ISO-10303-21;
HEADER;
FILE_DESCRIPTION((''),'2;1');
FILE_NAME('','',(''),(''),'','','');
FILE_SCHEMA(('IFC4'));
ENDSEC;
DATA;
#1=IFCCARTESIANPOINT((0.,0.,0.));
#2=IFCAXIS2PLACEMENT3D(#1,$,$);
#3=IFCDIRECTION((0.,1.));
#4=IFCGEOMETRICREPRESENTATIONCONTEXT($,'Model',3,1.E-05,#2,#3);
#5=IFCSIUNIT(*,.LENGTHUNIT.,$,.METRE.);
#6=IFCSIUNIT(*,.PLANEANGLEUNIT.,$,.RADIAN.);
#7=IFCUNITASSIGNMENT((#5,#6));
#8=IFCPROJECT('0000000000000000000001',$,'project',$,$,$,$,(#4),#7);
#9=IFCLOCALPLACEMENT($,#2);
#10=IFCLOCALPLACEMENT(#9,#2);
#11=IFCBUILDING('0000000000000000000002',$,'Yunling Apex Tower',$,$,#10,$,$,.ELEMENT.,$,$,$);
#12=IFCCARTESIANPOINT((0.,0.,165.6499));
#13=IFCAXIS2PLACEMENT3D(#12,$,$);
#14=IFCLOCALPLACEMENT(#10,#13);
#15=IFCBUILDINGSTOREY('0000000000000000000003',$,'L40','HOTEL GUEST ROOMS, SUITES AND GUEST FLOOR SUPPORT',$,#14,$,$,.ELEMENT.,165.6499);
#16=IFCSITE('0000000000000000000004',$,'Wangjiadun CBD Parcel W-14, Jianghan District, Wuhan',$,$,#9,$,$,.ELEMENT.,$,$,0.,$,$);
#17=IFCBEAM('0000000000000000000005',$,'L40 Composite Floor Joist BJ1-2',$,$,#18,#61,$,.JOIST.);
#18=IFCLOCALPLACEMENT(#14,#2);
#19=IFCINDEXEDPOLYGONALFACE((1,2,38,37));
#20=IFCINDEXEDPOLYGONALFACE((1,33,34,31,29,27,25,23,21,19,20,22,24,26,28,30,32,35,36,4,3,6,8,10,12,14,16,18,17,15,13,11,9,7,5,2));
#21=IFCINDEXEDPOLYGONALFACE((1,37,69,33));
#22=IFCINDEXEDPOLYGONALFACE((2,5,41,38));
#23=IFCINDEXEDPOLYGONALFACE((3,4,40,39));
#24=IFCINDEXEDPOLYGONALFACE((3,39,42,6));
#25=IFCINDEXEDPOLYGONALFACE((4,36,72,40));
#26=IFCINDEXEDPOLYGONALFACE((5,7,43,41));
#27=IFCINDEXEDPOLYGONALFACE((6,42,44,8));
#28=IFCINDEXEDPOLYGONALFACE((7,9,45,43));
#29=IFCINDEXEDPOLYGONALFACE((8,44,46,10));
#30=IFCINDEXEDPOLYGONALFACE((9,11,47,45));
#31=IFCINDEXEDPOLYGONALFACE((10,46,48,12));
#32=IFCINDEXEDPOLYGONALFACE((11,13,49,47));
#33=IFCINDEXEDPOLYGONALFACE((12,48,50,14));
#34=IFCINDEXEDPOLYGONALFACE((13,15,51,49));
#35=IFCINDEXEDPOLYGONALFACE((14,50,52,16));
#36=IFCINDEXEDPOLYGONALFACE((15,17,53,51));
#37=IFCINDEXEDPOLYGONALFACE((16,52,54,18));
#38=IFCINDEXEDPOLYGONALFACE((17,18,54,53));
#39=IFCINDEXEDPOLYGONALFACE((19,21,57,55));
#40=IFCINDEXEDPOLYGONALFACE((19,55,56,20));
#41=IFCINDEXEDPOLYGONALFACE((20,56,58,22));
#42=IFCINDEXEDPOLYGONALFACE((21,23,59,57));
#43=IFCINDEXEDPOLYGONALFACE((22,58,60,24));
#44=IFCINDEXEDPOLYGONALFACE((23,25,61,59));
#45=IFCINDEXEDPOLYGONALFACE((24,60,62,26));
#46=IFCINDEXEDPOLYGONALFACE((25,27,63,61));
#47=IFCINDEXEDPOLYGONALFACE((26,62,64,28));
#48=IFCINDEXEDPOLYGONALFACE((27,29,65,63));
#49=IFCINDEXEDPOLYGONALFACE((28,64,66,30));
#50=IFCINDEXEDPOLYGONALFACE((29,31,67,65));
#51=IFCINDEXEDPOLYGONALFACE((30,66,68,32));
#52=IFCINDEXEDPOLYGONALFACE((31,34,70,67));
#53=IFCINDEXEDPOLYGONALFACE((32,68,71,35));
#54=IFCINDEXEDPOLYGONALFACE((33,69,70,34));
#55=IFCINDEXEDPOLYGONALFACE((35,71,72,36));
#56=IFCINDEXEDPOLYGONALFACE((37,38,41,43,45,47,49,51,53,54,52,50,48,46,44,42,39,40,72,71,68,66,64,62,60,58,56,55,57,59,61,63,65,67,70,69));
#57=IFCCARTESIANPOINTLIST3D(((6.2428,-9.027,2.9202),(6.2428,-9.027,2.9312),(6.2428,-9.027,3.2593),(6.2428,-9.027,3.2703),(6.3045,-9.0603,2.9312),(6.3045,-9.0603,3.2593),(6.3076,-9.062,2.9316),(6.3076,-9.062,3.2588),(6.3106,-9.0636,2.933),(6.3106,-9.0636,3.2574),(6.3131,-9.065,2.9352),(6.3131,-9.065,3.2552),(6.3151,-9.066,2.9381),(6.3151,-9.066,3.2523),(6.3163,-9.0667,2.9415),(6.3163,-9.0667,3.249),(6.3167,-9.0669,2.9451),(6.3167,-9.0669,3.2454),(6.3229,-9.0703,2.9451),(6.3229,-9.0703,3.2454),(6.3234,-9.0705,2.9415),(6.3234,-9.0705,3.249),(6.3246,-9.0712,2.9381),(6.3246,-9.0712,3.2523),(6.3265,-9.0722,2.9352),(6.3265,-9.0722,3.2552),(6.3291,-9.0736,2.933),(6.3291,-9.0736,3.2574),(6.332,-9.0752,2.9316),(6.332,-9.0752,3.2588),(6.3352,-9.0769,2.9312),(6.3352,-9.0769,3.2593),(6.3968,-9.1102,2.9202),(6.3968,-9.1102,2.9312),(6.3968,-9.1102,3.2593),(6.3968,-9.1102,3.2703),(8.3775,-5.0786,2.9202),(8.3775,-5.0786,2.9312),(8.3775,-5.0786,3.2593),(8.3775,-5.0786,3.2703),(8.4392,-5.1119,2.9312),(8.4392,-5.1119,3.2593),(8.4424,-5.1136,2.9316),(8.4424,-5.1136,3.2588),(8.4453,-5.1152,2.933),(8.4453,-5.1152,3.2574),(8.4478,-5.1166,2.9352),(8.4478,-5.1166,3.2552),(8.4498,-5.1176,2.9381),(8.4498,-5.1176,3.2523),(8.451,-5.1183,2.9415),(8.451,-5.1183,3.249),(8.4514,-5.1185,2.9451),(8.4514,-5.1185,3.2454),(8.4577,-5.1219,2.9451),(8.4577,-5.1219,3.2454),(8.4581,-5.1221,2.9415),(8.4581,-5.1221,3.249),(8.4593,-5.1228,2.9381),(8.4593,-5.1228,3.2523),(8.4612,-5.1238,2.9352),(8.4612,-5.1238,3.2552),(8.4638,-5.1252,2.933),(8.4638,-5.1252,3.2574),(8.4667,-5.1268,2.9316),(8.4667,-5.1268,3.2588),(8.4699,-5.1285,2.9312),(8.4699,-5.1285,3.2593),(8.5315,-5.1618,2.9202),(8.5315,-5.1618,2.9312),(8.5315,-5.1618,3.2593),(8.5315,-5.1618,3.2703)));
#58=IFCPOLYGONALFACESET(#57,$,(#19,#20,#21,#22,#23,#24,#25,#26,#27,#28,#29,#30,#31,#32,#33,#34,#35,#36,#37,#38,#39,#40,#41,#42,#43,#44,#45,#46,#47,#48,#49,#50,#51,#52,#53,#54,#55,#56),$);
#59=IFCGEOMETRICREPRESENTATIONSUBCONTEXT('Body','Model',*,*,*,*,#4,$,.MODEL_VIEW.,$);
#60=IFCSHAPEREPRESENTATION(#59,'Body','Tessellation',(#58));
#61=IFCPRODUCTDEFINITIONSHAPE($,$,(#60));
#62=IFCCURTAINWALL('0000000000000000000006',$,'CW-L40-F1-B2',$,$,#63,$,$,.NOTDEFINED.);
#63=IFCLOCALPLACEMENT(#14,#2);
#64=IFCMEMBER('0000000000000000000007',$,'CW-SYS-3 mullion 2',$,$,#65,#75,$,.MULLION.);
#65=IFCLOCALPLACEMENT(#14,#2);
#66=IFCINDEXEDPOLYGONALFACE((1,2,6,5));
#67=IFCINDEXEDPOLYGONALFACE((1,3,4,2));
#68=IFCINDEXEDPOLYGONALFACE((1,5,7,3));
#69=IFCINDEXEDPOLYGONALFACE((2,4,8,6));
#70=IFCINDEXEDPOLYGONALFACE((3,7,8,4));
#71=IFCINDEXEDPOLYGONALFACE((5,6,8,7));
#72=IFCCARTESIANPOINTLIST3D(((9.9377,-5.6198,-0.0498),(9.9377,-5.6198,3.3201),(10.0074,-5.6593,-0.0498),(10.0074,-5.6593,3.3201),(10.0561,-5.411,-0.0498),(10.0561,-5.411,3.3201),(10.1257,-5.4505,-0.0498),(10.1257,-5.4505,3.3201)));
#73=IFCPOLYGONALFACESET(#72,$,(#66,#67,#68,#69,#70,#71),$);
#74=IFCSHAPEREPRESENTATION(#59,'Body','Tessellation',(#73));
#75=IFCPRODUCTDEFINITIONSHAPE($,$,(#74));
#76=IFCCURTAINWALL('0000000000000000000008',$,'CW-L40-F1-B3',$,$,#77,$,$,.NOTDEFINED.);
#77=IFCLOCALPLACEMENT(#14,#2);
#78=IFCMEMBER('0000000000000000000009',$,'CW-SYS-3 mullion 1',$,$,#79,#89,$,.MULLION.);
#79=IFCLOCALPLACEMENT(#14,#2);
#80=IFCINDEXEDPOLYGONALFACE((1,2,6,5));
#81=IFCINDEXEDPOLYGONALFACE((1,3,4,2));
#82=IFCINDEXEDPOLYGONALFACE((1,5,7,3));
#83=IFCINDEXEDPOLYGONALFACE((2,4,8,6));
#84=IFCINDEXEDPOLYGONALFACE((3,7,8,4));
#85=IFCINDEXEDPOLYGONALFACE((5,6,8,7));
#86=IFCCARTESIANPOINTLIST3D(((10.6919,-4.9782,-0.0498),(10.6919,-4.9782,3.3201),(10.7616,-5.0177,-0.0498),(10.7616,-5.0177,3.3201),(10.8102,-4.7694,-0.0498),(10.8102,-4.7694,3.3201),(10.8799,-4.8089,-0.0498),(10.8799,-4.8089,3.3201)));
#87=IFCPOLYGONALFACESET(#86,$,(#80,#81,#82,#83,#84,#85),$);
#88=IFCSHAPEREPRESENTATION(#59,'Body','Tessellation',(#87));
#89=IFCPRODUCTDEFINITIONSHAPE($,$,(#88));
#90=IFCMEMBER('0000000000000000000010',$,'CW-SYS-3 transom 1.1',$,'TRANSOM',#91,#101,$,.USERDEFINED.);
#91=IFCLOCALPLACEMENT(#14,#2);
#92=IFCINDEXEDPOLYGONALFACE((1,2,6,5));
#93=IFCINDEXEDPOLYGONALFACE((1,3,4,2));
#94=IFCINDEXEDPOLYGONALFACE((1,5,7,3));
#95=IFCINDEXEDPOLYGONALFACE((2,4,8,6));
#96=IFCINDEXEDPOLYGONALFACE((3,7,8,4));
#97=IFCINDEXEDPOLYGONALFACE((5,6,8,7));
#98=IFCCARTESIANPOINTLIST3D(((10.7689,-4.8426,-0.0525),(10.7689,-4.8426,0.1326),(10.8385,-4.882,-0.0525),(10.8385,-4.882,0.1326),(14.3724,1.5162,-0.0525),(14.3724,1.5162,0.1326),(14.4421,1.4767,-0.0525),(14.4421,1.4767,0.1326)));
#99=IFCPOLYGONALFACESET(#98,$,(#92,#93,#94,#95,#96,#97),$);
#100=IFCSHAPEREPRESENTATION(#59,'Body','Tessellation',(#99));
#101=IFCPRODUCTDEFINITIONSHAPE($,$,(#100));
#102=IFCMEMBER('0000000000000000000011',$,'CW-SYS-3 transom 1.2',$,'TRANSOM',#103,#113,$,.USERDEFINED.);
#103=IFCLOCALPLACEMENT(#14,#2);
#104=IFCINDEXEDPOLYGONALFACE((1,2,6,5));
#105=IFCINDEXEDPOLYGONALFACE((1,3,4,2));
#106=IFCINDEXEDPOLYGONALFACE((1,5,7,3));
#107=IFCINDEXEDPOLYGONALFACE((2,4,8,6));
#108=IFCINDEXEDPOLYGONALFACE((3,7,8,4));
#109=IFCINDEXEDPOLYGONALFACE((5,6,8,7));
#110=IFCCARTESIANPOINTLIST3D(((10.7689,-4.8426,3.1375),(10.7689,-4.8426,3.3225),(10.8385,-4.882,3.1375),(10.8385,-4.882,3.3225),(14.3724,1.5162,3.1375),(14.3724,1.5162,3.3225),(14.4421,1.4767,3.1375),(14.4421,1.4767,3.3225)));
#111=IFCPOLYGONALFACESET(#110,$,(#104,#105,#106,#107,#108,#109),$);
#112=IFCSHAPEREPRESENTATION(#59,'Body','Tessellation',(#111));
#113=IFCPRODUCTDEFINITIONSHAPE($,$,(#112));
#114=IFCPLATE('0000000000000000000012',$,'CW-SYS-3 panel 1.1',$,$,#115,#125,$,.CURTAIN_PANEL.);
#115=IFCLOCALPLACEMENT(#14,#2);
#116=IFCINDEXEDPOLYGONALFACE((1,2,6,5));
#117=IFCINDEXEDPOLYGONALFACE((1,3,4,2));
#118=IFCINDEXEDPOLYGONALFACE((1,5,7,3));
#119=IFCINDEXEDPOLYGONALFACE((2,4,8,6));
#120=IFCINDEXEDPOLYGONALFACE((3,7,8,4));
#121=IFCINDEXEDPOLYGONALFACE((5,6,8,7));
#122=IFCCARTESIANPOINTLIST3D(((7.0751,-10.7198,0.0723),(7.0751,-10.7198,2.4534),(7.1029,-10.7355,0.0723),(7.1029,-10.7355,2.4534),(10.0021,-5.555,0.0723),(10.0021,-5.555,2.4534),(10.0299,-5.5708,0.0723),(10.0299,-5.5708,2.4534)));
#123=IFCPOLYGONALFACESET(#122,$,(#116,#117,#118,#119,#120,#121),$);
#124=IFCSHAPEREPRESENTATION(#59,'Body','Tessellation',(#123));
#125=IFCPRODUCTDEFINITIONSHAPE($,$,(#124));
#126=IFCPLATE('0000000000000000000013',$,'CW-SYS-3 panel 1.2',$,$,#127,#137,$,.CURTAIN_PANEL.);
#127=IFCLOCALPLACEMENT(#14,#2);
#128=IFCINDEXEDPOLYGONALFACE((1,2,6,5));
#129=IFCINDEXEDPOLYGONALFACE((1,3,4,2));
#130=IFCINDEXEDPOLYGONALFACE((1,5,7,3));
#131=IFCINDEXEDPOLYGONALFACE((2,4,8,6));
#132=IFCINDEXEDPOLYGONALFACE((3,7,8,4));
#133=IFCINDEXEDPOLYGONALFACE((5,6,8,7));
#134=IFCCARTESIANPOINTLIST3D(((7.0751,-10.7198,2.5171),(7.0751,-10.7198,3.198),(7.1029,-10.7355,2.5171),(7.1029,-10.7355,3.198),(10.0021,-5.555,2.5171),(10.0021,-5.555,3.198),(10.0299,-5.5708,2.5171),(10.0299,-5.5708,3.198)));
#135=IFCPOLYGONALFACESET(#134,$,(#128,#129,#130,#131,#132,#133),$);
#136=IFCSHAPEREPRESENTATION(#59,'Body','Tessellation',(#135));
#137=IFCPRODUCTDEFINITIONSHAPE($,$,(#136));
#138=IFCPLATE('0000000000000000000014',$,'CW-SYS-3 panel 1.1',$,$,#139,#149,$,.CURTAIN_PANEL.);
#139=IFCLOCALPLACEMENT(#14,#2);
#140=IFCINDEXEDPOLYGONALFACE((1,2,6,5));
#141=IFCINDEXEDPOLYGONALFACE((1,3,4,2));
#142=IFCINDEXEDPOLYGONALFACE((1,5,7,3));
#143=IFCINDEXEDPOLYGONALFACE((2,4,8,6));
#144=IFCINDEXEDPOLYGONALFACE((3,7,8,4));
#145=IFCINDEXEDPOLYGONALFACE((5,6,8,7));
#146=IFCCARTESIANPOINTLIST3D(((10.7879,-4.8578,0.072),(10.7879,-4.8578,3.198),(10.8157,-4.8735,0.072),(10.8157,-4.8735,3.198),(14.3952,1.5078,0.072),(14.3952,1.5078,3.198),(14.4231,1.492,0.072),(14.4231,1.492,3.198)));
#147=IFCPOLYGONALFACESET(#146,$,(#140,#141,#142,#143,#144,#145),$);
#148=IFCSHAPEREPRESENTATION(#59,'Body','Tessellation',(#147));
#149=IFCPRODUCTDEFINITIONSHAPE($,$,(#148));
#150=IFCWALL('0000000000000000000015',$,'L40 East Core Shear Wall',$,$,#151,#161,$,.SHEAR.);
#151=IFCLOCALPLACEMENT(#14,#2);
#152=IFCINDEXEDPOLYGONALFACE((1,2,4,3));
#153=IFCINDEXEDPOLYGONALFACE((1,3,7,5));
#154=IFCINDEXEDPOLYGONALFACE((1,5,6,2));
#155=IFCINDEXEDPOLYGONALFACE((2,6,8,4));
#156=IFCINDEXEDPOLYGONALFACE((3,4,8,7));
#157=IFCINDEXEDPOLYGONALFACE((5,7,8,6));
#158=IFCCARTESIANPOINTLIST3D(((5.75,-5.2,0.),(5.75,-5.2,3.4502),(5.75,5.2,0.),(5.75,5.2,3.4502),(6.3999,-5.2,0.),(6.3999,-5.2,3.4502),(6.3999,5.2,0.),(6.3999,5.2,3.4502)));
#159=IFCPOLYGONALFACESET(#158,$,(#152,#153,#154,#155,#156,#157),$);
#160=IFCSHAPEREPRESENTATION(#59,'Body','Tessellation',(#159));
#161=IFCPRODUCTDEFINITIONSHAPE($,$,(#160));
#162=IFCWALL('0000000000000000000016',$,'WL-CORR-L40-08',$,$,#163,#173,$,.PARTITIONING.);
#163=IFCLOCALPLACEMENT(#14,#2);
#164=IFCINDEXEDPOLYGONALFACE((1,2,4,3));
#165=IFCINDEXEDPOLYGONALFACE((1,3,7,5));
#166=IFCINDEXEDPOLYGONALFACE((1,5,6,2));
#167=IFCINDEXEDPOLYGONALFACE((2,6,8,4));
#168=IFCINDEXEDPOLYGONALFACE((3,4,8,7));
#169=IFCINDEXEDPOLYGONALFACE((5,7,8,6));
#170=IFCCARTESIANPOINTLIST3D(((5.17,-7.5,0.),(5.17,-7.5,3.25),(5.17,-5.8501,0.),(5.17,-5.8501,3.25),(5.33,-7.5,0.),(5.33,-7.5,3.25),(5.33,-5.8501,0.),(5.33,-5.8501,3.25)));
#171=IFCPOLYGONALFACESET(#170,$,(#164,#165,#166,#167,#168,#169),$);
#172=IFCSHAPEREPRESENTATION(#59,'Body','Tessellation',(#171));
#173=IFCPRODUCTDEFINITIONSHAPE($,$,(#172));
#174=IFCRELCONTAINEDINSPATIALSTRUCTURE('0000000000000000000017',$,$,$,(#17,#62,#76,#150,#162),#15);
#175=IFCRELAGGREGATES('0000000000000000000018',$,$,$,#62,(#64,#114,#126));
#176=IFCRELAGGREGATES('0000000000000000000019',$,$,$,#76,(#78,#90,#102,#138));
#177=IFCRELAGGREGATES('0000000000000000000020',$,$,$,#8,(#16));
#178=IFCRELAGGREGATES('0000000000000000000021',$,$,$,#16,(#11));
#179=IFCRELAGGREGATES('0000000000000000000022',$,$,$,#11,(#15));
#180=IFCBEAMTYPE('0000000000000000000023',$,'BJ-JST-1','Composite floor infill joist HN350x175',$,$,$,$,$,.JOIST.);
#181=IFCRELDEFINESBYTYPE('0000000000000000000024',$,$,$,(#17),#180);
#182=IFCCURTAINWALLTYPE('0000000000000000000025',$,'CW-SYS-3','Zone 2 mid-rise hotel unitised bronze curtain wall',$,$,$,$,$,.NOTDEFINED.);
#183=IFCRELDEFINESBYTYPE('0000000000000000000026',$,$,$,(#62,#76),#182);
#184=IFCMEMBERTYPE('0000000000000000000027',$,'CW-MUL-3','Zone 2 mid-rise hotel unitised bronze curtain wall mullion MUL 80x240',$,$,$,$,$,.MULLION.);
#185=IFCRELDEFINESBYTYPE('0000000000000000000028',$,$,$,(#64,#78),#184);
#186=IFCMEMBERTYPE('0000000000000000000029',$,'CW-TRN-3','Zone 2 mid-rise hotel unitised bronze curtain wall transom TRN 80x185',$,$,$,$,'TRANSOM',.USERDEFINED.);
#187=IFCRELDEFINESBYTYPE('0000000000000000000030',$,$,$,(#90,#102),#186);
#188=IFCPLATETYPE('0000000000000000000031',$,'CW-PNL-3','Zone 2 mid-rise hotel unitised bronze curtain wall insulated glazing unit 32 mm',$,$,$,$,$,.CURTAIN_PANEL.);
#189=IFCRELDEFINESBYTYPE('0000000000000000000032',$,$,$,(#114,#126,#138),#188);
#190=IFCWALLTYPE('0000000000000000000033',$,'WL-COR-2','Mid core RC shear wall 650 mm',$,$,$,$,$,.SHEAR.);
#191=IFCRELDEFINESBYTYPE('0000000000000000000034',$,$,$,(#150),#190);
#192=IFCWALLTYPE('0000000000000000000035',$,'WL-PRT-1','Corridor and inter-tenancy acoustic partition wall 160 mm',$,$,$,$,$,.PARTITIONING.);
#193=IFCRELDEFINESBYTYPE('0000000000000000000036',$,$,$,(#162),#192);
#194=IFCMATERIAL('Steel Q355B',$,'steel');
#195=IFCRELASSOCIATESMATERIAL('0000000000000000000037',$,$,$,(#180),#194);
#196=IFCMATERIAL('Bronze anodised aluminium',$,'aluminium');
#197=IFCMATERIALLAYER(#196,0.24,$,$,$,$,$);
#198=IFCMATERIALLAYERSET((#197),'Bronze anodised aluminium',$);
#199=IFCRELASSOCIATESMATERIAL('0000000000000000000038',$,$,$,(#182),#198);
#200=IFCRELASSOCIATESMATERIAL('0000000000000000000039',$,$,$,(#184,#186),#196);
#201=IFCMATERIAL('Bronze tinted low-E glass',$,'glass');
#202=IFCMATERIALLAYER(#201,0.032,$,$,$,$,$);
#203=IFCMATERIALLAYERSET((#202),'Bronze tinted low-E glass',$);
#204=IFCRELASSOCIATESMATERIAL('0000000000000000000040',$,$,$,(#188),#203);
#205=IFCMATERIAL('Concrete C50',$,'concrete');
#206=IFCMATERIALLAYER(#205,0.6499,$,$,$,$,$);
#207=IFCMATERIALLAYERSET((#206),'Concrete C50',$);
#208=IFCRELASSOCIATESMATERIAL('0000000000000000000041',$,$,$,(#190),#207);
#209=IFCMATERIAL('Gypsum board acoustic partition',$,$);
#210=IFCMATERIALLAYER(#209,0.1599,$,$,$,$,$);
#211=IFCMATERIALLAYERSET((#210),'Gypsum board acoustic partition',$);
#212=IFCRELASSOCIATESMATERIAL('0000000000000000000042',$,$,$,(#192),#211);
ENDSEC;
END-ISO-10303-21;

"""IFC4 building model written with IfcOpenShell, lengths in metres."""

from ifc_helpers import new_model, si_unit, direction, frame, frame_2d, origin, origin_2d, place, context, subcontext, project, spatial, rectangle, i_section, extrude, source, transform, mapped, material, layer, layer_set, material_profile, profile_set, type_object, element, aggregate, save


model = new_model("IFC4")

# Units and contexts
model_context = context("Model", 3, precision=1e-05, world=origin(), true_north=direction((0.0, 1.0)))
body_context = subcontext(model_context, "Body", "Model", "MODEL_VIEW")
ifc_project = project(units=[si_unit("LENGTHUNIT", "METRE"), si_unit("PLANEANGLEUNIT", "RADIAN")], contexts=[model_context])

# Site, building, storey
site_placement = place(None, origin())
site = spatial("IfcSite", under=ifc_project, at=site_placement, Name="Wangjiadun CBD Parcel W-14, Jianghan District, Wuhan", CompositionType="ELEMENT", RefElevation=0.0)
building_placement = place(site_placement, origin())
building = spatial("IfcBuilding", under=site, at=building_placement, Name="Yunling Apex Tower", CompositionType="ELEMENT")
storey_placement = place(building_placement, frame((0.0, 0.0, 165.6499)))
storey = spatial("IfcBuildingStorey", under=building, at=storey_placement, Name="L40", Description="HOTEL GUEST ROOMS, SUITES AND GUEST FLOOR SUPPORT", CompositionType="ELEMENT", Elevation=165.6499)

# Shared definitions
ifc_material_1 = material(Name="Concrete C50", Category="concrete")

# Beam
ifc_material_2 = material(Name="Steel Q355B", Category="steel")
ifc_material_profile_1 = material_profile(ifc_material_2, i_section(OverallWidth=0.175, OverallDepth=0.3501, WebThickness=0.0071, FlangeThickness=0.011, FilletRadius=0.0139, at=origin_2d()))
ifc_profile_set_1 = profile_set([ifc_material_profile_1], Name="Steel Q355B")
beam_type_1 = type_object("IfcBeamType", Name="BJ-JST-1", Description="Composite floor infill joist HN350x175", PredefinedType="JOIST", material=ifc_profile_set_1)
shared_shape_1 = source(origin(), body_context, "Body", "SweptSolid", [
    extrude(i_section(OverallWidth=0.175, OverallDepth=0.3501, WebThickness=0.0071, FlangeThickness=0.011, FilletRadius=0.0139, at=origin_2d()), origin(), (0.0, 0.0, 1.0), 4.4885),
])
beam_1_placement = place(storey_placement, frame((6.3198, -9.0686, 3.0952), z_axis=(0.475594, 0.879665, 0.0), x_axis=(-0.879665, 0.475594, 0.0)))
element("IfcBeam", 1, at=beam_1_placement, inside=storey, type_object=beam_type_1, Name="L40 Composite Floor Joist BJ1-2", PredefinedType="JOIST", context=body_context, shape_type="MappedRepresentation", body=[
    mapped(shared_shape_1, transform((0.0, 0.0, 0.0), scale=1.0)),
])

# Curtain wall, member
ifc_material_3 = material(Name="Bronze anodised aluminium", Category="aluminium")
ifc_layer_1 = layer(ifc_material_3, 0.24)
ifc_layer_set_1 = layer_set([ifc_layer_1], Name="Bronze anodised aluminium")
curtain_wall_type = type_object("IfcCurtainWallType", Name="CW-SYS-3", Description="Zone 2 mid-rise hotel unitised bronze curtain wall", PredefinedType="NOTDEFINED", material=ifc_layer_set_1)
curtain_wall_1_placement = place(storey_placement, origin())
curtain_wall_1 = element("IfcCurtainWall", 2, at=curtain_wall_1_placement, inside=storey, type_object=curtain_wall_type, Name="CW-L40-F1-B2", PredefinedType="NOTDEFINED")
ifc_material_profile_2 = material_profile(ifc_material_3, rectangle(XDim=0.0801, YDim=0.24, at=origin_2d()))
ifc_profile_set_2 = profile_set([ifc_material_profile_2], Name="Bronze anodised aluminium")
member_type_1 = type_object("IfcMemberType", Name="CW-MUL-3", Description="Zone 2 mid-rise hotel unitised bronze curtain wall mullion MUL 80x240", PredefinedType="MULLION", material=ifc_profile_set_2)
shared_shape_2 = source(origin(), body_context, "Body", "SweptSolid", [
    extrude(rectangle(XDim=0.0801, YDim=0.24, at=origin_2d()), origin(), (0.0, 0.0, 1.0), 3.3699),
])
member_1_placement = place(storey_placement, frame((10.0317, -5.5352, -0.0498), z_axis=(0.0, 0.0, 1.0), x_axis=(-0.870003, 0.493047, 0.0)))
member_1 = element("IfcMember", 3, at=member_1_placement, type_object=member_type_1, Name="CW-SYS-3 mullion 2", PredefinedType="MULLION", context=body_context, shape_type="MappedRepresentation", body=[
    mapped(shared_shape_2, transform((0.0, 0.0, 0.0), scale=1.0)),
])

# Curtain wall, members
curtain_wall_2_placement = place(storey_placement, origin())
curtain_wall_2 = element("IfcCurtainWall", 4, at=curtain_wall_2_placement, inside=storey, type_object=curtain_wall_type, Name="CW-L40-F1-B3", PredefinedType="NOTDEFINED")
member_2_placement = place(storey_placement, frame((10.7859, -4.8936, -0.0498), z_axis=(0.0, 0.0, 1.0), x_axis=(-0.870009, 0.493035, 0.0)))
member_2 = element("IfcMember", 5, at=member_2_placement, type_object=member_type_1, Name="CW-SYS-3 mullion 1", PredefinedType="MULLION", context=body_context, shape_type="MappedRepresentation", body=[
    mapped(shared_shape_2, transform((0.0, 0.0, 0.0), scale=1.0)),
])
ifc_material_profile_3 = material_profile(ifc_material_3, rectangle(XDim=0.0801, YDim=0.1851, at=origin_2d()))
ifc_profile_set_3 = profile_set([ifc_material_profile_3], Name="Bronze anodised aluminium")
member_type_2 = type_object("IfcMemberType", Name="CW-TRN-3", Description="Zone 2 mid-rise hotel unitised bronze curtain wall transom TRN 80x185", ElementType="TRANSOM", PredefinedType="USERDEFINED", material=ifc_profile_set_3)
shared_shape_3 = source(origin(), body_context, "Body", "SweptSolid", [
    extrude(rectangle(XDim=0.0801, YDim=0.1851, at=origin_2d()), origin(), (0.0, 0.0, 1.0), 7.3088),
])
member_3_placement = place(storey_placement, frame((10.8037, -4.8623, 0.04), z_axis=(0.493042, 0.870005, 0.0), x_axis=(-0.870005, 0.493042, 0.0)))
member_3 = element("IfcMember", 6, at=member_3_placement, type_object=member_type_2, Name="CW-SYS-3 transom 1.1", ObjectType="TRANSOM", PredefinedType="USERDEFINED", context=body_context, shape_type="MappedRepresentation", body=[
    mapped(shared_shape_3, transform((0.0, 0.0, 0.0), scale=1.0)),
])
member_4_placement = place(storey_placement, frame((10.8037, -4.8623, 3.23), z_axis=(0.493042, 0.870005, 0.0), x_axis=(-0.870005, 0.493042, 0.0)))
member_4 = element("IfcMember", 7, at=member_4_placement, type_object=member_type_2, Name="CW-SYS-3 transom 1.2", ObjectType="TRANSOM", PredefinedType="USERDEFINED", context=body_context, shape_type="MappedRepresentation", body=[
    mapped(shared_shape_3, transform((0.0, 0.0, 0.0), scale=1.0)),
])

# Plates
ifc_material_4 = material(Name="Bronze tinted low-E glass", Category="glass")
ifc_layer_2 = layer(ifc_material_4, 0.032)
ifc_layer_set_2 = layer_set([ifc_layer_2], Name="Bronze tinted low-E glass")
plate_type = type_object("IfcPlateType", Name="CW-PNL-3", Description="Zone 2 mid-rise hotel unitised bronze curtain wall insulated glazing unit 32 mm", PredefinedType="CURTAIN_PANEL", material=ifc_layer_set_2)
shared_shape_4 = source(origin(), body_context, "Body", "SweptSolid", [
    extrude(rectangle(XDim=5.9365, YDim=0.032, at=origin_2d()), origin(), (0.0, 0.0, 1.0), 2.3811),
])
plate_1_placement = place(storey_placement, frame((8.5525, -8.1453, 0.0723), z_axis=(0.0, 0.0, 1.0), x_axis=(0.493047, 0.870003, 0.0)))
plate_1 = element("IfcPlate", 8, at=plate_1_placement, type_object=plate_type, Name="CW-SYS-3 panel 1.1", PredefinedType="CURTAIN_PANEL", context=body_context, shape_type="MappedRepresentation", body=[
    mapped(shared_shape_4, transform((0.0, 0.0, 0.0), scale=1.0)),
])
shared_shape_5 = source(origin(), body_context, "Body", "SweptSolid", [
    extrude(rectangle(XDim=5.9365, YDim=0.032, at=origin_2d()), origin(), (0.0, 0.0, 1.0), 0.6809),
])
plate_2_placement = place(storey_placement, frame((8.5525, -8.1453, 2.5171), z_axis=(0.0, 0.0, 1.0), x_axis=(0.493047, 0.870003, 0.0)))
plate_2 = element("IfcPlate", 9, at=plate_2_placement, type_object=plate_type, Name="CW-SYS-3 panel 1.2", PredefinedType="CURTAIN_PANEL", context=body_context, shape_type="MappedRepresentation", body=[
    mapped(shared_shape_5, transform((0.0, 0.0, 0.0), scale=1.0)),
])
aggregate(curtain_wall_1, [member_1, plate_1, plate_2])
shared_shape_6 = source(origin(), body_context, "Body", "SweptSolid", [
    extrude(rectangle(XDim=7.3167, YDim=0.032, at=origin_2d()), origin(), (0.0, 0.0, 1.0), 3.126),
])
plate_3_placement = place(storey_placement, frame((12.6055, -1.6829, 0.072), z_axis=(0.0, 0.0, 1.0), x_axis=(0.493035, 0.870009, 0.0)))
plate_3 = element("IfcPlate", 10, at=plate_3_placement, type_object=plate_type, Name="CW-SYS-3 panel 1.1", PredefinedType="CURTAIN_PANEL", context=body_context, shape_type="MappedRepresentation", body=[
    mapped(shared_shape_6, transform((0.0, 0.0, 0.0), scale=1.0)),
])
aggregate(curtain_wall_2, [member_2, member_3, member_4, plate_3])

# Walls
ifc_layer_3 = layer(ifc_material_1, 0.6499)
ifc_layer_set_3 = layer_set([ifc_layer_3], Name="Concrete C50")
wall_type_1 = type_object("IfcWallType", Name="WL-COR-2", Description="Mid core RC shear wall 650 mm", PredefinedType="SHEAR", material=ifc_layer_set_3)
wall_1_placement = place(storey_placement, frame((6.075, -5.2, 0.0), z_axis=(0.0, 0.0, 1.0), x_axis=(0.0, 1.0, 0.0)))
element("IfcWall", 11, at=wall_1_placement, inside=storey, type_object=wall_type_1, Name="L40 East Core Shear Wall", PredefinedType="SHEAR", context=body_context, shape_type="SweptSolid", body=[
    extrude(rectangle(XDim=10.3999, YDim=0.6499, at=frame_2d((5.2, 0.0))), origin(), (0.0, 0.0, 1.0), 3.4502),
])
ifc_material_5 = material(Name="Gypsum board acoustic partition")
ifc_layer_4 = layer(ifc_material_5, 0.1599)
ifc_layer_set_4 = layer_set([ifc_layer_4], Name="Gypsum board acoustic partition")
wall_type_2 = type_object("IfcWallType", Name="WL-PRT-1", Description="Corridor and inter-tenancy acoustic partition wall 160 mm", PredefinedType="PARTITIONING", material=ifc_layer_set_4)
wall_2_placement = place(storey_placement, frame((5.25, -5.8501, 0.0), z_axis=(0.0, 0.0, 1.0), x_axis=(0.0, -1.0, 0.0)))
element("IfcWall", 12, at=wall_2_placement, inside=storey, type_object=wall_type_2, Name="WL-CORR-L40-08", PredefinedType="PARTITIONING", context=body_context, shape_type="SweptSolid", body=[
    extrude(rectangle(XDim=1.6499, YDim=0.1599, at=frame_2d((0.825, 0.0))), origin(), (0.0, 0.0, 1.0), 3.25),
])

save(model, "model.ifc")
